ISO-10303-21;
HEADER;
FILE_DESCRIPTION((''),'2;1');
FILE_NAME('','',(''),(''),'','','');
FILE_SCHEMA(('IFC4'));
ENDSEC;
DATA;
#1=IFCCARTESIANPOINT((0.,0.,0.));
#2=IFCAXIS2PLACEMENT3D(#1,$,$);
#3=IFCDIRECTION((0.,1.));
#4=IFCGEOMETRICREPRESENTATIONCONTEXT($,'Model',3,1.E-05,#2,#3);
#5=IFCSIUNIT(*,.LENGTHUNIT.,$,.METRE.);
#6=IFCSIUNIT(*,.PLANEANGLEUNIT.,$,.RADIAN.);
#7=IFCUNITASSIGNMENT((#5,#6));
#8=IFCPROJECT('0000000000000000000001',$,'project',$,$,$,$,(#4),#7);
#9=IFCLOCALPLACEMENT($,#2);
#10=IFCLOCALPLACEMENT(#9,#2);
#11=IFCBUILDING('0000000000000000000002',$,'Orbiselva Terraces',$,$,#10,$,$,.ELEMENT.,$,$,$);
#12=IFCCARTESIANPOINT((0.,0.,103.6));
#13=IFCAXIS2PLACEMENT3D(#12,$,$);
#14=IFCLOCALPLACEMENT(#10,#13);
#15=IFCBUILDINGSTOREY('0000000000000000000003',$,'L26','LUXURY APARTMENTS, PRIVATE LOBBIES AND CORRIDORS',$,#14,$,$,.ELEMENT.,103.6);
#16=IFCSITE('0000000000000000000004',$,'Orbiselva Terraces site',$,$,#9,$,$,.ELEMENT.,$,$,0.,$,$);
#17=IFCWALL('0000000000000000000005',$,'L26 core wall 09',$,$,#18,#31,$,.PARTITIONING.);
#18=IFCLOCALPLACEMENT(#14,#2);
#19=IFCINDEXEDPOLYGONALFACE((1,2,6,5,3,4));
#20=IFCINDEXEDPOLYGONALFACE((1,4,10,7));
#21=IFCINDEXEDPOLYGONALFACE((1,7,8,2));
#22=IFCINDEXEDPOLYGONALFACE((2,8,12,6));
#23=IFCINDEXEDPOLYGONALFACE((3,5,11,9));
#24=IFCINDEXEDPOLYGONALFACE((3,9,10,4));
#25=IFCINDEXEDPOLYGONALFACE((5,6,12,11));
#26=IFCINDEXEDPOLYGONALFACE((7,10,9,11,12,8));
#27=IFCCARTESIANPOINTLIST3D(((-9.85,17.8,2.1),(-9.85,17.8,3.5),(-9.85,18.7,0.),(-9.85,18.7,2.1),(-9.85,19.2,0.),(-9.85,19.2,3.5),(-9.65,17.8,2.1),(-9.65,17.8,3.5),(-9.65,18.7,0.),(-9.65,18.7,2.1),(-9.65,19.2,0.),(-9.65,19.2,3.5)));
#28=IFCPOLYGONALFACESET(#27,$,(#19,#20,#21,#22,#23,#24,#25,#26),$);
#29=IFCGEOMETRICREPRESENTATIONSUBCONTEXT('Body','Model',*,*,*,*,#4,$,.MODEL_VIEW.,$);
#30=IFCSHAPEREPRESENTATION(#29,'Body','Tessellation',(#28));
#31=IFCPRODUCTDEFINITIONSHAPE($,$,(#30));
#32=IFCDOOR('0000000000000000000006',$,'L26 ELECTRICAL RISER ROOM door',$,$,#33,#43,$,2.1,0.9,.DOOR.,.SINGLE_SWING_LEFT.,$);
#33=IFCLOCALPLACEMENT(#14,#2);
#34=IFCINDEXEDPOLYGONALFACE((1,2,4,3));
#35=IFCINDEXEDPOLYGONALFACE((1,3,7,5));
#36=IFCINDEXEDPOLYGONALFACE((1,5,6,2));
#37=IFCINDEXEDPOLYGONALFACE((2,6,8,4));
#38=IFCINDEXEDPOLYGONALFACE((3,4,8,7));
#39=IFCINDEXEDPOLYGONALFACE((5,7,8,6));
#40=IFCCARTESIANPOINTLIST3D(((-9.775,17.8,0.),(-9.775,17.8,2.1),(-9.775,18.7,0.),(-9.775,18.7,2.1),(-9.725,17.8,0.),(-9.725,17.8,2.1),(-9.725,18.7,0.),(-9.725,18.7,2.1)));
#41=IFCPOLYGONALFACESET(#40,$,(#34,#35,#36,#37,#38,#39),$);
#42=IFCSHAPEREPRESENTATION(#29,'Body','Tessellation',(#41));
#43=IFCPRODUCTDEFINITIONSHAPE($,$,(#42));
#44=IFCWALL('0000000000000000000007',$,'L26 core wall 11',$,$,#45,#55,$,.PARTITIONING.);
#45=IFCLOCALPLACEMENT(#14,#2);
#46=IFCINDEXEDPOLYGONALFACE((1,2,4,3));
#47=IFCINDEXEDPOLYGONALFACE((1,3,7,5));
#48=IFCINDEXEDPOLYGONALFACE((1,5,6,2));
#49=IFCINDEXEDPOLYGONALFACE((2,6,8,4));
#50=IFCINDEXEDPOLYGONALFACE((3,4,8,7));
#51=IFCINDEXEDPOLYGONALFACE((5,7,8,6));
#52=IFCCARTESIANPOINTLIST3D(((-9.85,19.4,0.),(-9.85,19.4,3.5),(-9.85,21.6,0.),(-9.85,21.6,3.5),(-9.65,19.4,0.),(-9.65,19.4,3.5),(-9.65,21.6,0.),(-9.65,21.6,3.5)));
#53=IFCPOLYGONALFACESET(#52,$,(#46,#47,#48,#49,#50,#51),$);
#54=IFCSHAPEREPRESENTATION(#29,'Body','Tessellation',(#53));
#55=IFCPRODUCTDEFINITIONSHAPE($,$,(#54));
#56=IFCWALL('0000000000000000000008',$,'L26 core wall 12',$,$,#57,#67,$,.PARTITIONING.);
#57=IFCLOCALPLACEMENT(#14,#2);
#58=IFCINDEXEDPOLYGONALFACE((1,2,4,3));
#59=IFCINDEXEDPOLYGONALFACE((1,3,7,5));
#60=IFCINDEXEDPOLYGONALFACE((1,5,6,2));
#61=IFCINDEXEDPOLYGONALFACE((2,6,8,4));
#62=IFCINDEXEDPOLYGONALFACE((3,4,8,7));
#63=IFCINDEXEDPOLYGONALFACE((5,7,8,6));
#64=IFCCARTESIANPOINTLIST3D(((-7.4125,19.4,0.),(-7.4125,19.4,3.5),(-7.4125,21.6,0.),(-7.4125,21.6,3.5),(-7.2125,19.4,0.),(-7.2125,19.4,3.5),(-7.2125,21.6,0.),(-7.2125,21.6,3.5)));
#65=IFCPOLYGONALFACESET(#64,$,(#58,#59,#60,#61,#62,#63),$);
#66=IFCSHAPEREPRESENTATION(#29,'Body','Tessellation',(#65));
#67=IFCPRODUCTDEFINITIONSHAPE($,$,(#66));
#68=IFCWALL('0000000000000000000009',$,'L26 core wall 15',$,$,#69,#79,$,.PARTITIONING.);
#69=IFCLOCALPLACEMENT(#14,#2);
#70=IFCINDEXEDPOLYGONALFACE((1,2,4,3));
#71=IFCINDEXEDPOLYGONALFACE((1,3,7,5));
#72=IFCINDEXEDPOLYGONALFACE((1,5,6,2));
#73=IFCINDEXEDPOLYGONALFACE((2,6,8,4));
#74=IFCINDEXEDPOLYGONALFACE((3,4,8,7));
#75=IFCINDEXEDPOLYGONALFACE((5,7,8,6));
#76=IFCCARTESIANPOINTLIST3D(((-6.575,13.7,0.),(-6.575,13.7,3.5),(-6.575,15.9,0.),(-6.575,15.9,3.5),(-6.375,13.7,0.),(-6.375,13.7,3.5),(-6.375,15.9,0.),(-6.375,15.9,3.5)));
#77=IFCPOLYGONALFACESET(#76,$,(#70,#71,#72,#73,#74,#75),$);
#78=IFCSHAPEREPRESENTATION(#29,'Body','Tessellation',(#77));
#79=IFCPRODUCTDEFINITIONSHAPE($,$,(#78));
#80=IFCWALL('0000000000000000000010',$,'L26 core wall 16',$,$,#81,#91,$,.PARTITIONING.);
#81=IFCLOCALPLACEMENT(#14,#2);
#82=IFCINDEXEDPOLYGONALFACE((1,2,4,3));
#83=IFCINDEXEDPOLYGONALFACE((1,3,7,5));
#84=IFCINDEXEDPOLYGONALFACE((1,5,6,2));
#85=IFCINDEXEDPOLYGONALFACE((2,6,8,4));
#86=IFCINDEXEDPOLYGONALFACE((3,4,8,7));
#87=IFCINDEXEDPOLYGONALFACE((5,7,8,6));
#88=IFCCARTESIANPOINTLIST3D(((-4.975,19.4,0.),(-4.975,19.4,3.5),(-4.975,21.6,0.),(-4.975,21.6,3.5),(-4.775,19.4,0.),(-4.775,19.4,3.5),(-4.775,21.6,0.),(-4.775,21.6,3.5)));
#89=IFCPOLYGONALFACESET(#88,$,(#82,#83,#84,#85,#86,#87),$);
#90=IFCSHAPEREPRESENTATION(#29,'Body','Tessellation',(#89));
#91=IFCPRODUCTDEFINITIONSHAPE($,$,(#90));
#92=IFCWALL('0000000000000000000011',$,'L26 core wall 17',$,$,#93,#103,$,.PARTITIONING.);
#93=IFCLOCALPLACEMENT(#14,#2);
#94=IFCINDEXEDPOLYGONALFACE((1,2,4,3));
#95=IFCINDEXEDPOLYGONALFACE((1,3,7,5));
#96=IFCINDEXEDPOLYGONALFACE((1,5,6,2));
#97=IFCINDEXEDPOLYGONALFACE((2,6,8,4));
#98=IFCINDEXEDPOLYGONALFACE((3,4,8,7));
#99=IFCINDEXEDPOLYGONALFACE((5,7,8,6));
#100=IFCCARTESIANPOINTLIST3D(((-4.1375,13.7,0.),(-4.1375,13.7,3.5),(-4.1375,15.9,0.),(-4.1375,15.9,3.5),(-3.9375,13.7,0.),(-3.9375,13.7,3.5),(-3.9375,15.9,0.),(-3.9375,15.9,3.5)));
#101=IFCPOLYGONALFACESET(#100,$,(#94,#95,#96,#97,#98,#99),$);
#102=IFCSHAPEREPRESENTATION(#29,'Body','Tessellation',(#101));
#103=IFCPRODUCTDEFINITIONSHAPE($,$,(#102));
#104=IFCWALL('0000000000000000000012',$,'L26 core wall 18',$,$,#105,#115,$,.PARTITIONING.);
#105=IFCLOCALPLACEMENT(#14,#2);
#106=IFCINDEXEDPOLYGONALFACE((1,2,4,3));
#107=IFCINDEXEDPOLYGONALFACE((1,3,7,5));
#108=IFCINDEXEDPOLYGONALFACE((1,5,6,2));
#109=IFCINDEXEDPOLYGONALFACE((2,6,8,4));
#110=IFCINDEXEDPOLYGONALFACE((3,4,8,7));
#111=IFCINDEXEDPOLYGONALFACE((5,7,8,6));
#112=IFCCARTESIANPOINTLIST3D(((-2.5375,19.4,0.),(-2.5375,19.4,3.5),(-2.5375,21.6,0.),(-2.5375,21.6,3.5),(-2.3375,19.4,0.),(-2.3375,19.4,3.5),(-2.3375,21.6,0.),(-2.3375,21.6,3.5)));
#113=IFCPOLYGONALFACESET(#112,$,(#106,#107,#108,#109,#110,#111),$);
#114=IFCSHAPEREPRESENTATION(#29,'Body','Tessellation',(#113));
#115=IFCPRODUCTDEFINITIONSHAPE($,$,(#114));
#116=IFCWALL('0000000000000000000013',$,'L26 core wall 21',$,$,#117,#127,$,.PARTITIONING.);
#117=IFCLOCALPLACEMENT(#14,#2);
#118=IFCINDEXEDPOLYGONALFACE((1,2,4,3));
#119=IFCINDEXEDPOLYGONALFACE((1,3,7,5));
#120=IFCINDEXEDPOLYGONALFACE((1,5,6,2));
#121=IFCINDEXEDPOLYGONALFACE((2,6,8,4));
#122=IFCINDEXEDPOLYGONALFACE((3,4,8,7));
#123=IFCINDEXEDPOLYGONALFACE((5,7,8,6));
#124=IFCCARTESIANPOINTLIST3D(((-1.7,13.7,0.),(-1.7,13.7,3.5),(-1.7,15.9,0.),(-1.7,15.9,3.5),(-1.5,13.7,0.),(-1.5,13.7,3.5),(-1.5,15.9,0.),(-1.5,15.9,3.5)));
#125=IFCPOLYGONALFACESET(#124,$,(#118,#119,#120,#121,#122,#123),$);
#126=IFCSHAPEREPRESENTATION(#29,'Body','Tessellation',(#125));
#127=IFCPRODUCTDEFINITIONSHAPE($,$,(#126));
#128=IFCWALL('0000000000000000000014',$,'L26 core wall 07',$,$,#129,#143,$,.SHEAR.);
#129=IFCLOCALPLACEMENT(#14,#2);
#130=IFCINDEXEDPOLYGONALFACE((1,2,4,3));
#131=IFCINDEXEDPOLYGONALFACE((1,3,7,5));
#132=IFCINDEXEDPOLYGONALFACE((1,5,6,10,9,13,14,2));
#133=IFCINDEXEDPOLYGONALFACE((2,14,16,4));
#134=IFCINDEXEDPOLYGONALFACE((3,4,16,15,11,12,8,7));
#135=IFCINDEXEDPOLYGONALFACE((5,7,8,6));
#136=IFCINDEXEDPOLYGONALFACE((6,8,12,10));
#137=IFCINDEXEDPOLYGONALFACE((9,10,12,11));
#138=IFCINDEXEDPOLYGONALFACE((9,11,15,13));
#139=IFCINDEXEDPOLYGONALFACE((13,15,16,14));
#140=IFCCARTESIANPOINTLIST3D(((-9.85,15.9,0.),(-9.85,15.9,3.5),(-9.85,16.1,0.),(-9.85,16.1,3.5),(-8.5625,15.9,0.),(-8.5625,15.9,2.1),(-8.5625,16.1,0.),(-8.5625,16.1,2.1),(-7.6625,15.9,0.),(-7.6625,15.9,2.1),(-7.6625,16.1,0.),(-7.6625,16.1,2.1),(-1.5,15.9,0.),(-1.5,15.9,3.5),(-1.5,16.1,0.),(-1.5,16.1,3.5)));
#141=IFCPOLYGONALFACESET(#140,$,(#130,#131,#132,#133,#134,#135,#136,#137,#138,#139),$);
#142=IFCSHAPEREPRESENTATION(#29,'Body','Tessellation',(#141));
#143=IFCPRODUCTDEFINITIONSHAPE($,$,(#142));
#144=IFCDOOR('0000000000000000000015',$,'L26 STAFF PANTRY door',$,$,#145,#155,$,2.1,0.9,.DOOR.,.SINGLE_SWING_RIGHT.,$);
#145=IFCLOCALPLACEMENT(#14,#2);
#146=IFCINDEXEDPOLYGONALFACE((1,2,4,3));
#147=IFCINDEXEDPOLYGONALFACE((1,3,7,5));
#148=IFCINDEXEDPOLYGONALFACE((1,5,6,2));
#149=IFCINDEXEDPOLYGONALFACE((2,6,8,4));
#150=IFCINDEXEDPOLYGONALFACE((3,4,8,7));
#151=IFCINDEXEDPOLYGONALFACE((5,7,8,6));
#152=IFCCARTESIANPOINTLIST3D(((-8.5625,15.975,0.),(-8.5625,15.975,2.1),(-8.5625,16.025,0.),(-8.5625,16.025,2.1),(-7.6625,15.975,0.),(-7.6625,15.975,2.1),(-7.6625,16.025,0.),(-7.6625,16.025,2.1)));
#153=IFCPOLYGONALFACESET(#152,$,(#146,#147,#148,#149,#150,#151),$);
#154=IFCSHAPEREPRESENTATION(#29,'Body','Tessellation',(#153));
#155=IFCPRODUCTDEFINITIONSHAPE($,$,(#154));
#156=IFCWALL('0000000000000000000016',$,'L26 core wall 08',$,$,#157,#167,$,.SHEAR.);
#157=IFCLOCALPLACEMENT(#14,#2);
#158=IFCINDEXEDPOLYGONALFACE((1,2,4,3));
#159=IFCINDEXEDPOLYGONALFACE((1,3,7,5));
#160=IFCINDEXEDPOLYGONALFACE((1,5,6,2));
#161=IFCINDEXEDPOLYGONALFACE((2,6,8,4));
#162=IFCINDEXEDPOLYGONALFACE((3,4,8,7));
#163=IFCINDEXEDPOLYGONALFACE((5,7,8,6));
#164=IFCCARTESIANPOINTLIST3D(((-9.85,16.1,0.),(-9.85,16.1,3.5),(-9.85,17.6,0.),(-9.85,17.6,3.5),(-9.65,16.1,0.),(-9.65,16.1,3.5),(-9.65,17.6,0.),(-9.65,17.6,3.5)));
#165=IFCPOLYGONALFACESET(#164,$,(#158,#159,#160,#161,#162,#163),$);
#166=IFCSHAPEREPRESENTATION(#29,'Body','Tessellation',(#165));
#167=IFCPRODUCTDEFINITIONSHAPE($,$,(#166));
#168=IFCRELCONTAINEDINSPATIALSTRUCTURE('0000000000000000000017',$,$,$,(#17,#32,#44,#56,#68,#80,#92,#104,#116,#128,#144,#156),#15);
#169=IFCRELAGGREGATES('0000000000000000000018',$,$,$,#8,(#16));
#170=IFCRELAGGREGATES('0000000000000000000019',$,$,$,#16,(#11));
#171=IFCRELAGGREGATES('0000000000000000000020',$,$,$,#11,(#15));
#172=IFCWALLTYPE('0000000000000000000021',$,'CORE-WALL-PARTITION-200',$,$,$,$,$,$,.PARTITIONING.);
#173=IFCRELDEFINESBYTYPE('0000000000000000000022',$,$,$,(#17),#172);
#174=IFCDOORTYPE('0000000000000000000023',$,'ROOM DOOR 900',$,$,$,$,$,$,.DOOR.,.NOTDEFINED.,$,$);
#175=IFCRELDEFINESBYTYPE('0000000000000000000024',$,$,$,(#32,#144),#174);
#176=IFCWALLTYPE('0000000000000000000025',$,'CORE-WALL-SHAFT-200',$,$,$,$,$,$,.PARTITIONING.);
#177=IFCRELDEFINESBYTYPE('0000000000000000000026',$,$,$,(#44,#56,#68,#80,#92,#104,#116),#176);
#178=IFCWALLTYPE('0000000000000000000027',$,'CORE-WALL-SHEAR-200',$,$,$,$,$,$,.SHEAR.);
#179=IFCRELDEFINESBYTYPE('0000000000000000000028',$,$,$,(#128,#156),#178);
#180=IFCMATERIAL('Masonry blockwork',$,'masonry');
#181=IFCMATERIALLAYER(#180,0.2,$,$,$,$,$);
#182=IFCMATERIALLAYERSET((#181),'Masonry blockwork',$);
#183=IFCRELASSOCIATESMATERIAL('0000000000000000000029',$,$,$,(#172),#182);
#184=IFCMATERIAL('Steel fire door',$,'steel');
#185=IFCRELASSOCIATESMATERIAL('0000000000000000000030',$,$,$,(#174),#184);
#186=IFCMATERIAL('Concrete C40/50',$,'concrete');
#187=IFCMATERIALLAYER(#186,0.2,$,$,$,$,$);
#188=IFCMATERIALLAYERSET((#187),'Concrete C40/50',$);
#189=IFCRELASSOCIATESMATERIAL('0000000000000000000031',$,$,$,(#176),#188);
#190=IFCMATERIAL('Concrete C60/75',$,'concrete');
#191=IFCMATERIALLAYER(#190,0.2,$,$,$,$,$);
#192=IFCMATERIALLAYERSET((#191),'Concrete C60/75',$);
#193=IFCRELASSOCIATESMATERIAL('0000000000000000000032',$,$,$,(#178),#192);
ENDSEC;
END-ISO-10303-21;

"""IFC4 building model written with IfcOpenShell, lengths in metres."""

from ifc_helpers import new_model, si_unit, direction, frame, frame_2d, origin, place, context, subcontext, project, spatial, rectangle, extrude, material, layer, layer_set, type_object, element, fill, save


model = new_model("IFC4")

# Units and contexts
model_context = context("Model", 3, precision=1e-05, world=origin(), true_north=direction((0.0, 1.0)))
body_context = subcontext(model_context, "Body", "Model", "MODEL_VIEW")
ifc_project = project(units=[si_unit("LENGTHUNIT", "METRE"), si_unit("PLANEANGLEUNIT", "RADIAN")], contexts=[model_context])

# Site, building, storey
site_placement = place(None, origin())
site = spatial("IfcSite", under=ifc_project, at=site_placement, Name="Orbiselva Terraces site", CompositionType="ELEMENT", RefElevation=0.0)
building_placement = place(site_placement, origin())
building = spatial("IfcBuilding", under=site, at=building_placement, Name="Orbiselva Terraces", CompositionType="ELEMENT")
storey_placement = place(building_placement, frame((0.0, 0.0, 103.6)))
storey = spatial("IfcBuildingStorey", under=building, at=storey_placement, Name="L26", Description="LUXURY APARTMENTS, PRIVATE LOBBIES AND CORRIDORS", CompositionType="ELEMENT", Elevation=103.6)

# Wall, opening, door
ifc_material_1 = material(Name="Masonry blockwork", Category="masonry")
ifc_layer_1 = layer(ifc_material_1, 0.2)
ifc_layer_set_1 = layer_set([ifc_layer_1], Name="Masonry blockwork")
wall_type_1 = type_object("IfcWallType", Name="CORE-WALL-PARTITION-200", PredefinedType="PARTITIONING", material=ifc_layer_set_1)
wall_1_placement = place(storey_placement, frame((-9.75, 17.8, 0.0), z_axis=(0.0, 0.0, 1.0), x_axis=(0.0, 1.0, 0.0)))
wall_1 = element("IfcWall", 1, at=wall_1_placement, inside=storey, type_object=wall_type_1, Name="L26 core wall 09", PredefinedType="PARTITIONING", context=body_context, shape_type="SweptSolid", body=[
    extrude(rectangle(XDim=1.4, YDim=0.2, at=frame_2d((0.7, 0.0))), origin(), (0.0, 0.0, 1.0), 3.5),
])
opening_1_placement = place(wall_1_placement, origin())
opening_1 = element("IfcOpeningElement", 2, at=opening_1_placement, cuts=wall_1, PredefinedType="OPENING", context=body_context, shape_type="SweptSolid", body=[
    extrude(rectangle(XDim=0.9, YDim=2.1, at=frame_2d((0.45, 1.05))), frame((0.0, 0.11, 0.0), z_axis=(0.0, -1.0, 0.0), x_axis=(1.0, 0.0, 0.0)), (0.0, 0.0, 1.0), 0.22),
])
ifc_material_2 = material(Name="Steel fire door", Category="steel")
door_type_1 = type_object("IfcDoorType", Name="ROOM DOOR 900", OperationType="NOTDEFINED", PredefinedType="DOOR", material=ifc_material_2)
door_1_placement = place(opening_1_placement, origin())
door_1 = element("IfcDoor", 3, at=door_1_placement, inside=storey, type_object=door_type_1, Name="L26 ELECTRICAL RISER ROOM door", OperationType="SINGLE_SWING_LEFT", OverallHeight=2.1, OverallWidth=0.9, PredefinedType="DOOR", context=body_context, shape_type="SweptSolid", body=[
    extrude(rectangle(XDim=0.9, YDim=2.1, at=frame_2d((0.45, 1.05))), frame((0.0, 0.025, 0.0), z_axis=(0.0, -1.0, 0.0), x_axis=(1.0, 0.0, 0.0)), (0.0, 0.0, 1.0), 0.05),
])
fill(opening_1, door_1)

# Walls
ifc_material_3 = material(Name="Concrete C40/50", Category="concrete")
ifc_layer_2 = layer(ifc_material_3, 0.2)
ifc_layer_set_2 = layer_set([ifc_layer_2], Name="Concrete C40/50")
wall_type_2 = type_object("IfcWallType", Name="CORE-WALL-SHAFT-200", PredefinedType="PARTITIONING", material=ifc_layer_set_2)
for number, where, z_axis, x_axis, name in (
    (4, (-9.75, 19.4, 0.0), (0.0, 0.0, 1.0), (0.0, 1.0, 0.0), "L26 core wall 11"),
    (5, (-7.3125, 19.4, 0.0), (0.0, 0.0, 1.0), (0.0, 1.0, 0.0), "L26 core wall 12"),
    (6, (-6.475, 13.7, 0.0), (0.0, 0.0, 1.0), (0.0, 1.0, 0.0), "L26 core wall 15"),
    (7, (-4.875, 19.4, 0.0), (0.0, 0.0, 1.0), (0.0, 1.0, 0.0), "L26 core wall 16"),
    (8, (-4.0375, 13.7, 0.0), (0.0, 0.0, 1.0), (0.0, 1.0, 0.0), "L26 core wall 17"),
    (9, (-2.4375, 19.4, 0.0), (0.0, 0.0, 1.0), (0.0, 1.0, 0.0), "L26 core wall 18"),
    (10, (-1.6, 13.7, 0.0), (0.0, 0.0, 1.0), (0.0, 1.0, 0.0), "L26 core wall 21"),
):
    element("IfcWall", number, at=place(storey_placement, frame(where, z_axis=z_axis, x_axis=x_axis)), inside=storey, type_object=wall_type_2, Name=name, PredefinedType="PARTITIONING", context=body_context, shape_type="SweptSolid", body=[
        extrude(rectangle(XDim=2.2, YDim=0.2, at=frame_2d((1.1, 0.0))), origin(), (0.0, 0.0, 1.0), 3.5),
    ])

# Wall, opening, door
ifc_material_4 = material(Name="Concrete C60/75", Category="concrete")
ifc_layer_3 = layer(ifc_material_4, 0.2)
ifc_layer_set_3 = layer_set([ifc_layer_3], Name="Concrete C60/75")
wall_type_3 = type_object("IfcWallType", Name="CORE-WALL-SHEAR-200", PredefinedType="SHEAR", material=ifc_layer_set_3)
wall_2_placement = place(storey_placement, frame((-1.5, 16.0, 0.0), z_axis=(0.0, 0.0, 1.0), x_axis=(-1.0, 0.0, 0.0)))
wall_2 = element("IfcWall", 11, at=wall_2_placement, inside=storey, type_object=wall_type_3, Name="L26 core wall 07", PredefinedType="SHEAR", context=body_context, shape_type="SweptSolid", body=[
    extrude(rectangle(XDim=8.35, YDim=0.2, at=frame_2d((4.175, 0.0))), origin(), (0.0, 0.0, 1.0), 3.5),
])
opening_2_placement = place(wall_2_placement, frame((6.1625, 0.0, 0.0)))
opening_2 = element("IfcOpeningElement", 12, at=opening_2_placement, cuts=wall_2, PredefinedType="OPENING", context=body_context, shape_type="SweptSolid", body=[
    extrude(rectangle(XDim=0.9, YDim=2.1, at=frame_2d((0.45, 1.05))), frame((0.0, 0.11, 0.0), z_axis=(0.0, -1.0, 0.0), x_axis=(1.0, 0.0, 0.0)), (0.0, 0.0, 1.0), 0.22),
])
door_2_placement = place(opening_2_placement, origin())
door_2 = element("IfcDoor", 13, at=door_2_placement, inside=storey, type_object=door_type_1, Name="L26 STAFF PANTRY door", OperationType="SINGLE_SWING_RIGHT", OverallHeight=2.1, OverallWidth=0.9, PredefinedType="DOOR", context=body_context, shape_type="SweptSolid", body=[
    extrude(rectangle(XDim=0.9, YDim=2.1, at=frame_2d((0.45, 1.05))), frame((0.0, 0.025, 0.0), z_axis=(0.0, -1.0, 0.0), x_axis=(1.0, 0.0, 0.0)), (0.0, 0.0, 1.0), 0.05),
])
fill(opening_2, door_2)

# Wall
wall_3_placement = place(storey_placement, frame((-9.75, 16.1, 0.0), z_axis=(0.0, 0.0, 1.0), x_axis=(0.0, 1.0, 0.0)))
element("IfcWall", 14, at=wall_3_placement, inside=storey, type_object=wall_type_3, Name="L26 core wall 08", PredefinedType="SHEAR", context=body_context, shape_type="SweptSolid", body=[
    extrude(rectangle(XDim=1.5, YDim=0.2, at=frame_2d((0.75, 0.0))), origin(), (0.0, 0.0, 1.0), 3.5),
])

save(model, "model.ifc")
